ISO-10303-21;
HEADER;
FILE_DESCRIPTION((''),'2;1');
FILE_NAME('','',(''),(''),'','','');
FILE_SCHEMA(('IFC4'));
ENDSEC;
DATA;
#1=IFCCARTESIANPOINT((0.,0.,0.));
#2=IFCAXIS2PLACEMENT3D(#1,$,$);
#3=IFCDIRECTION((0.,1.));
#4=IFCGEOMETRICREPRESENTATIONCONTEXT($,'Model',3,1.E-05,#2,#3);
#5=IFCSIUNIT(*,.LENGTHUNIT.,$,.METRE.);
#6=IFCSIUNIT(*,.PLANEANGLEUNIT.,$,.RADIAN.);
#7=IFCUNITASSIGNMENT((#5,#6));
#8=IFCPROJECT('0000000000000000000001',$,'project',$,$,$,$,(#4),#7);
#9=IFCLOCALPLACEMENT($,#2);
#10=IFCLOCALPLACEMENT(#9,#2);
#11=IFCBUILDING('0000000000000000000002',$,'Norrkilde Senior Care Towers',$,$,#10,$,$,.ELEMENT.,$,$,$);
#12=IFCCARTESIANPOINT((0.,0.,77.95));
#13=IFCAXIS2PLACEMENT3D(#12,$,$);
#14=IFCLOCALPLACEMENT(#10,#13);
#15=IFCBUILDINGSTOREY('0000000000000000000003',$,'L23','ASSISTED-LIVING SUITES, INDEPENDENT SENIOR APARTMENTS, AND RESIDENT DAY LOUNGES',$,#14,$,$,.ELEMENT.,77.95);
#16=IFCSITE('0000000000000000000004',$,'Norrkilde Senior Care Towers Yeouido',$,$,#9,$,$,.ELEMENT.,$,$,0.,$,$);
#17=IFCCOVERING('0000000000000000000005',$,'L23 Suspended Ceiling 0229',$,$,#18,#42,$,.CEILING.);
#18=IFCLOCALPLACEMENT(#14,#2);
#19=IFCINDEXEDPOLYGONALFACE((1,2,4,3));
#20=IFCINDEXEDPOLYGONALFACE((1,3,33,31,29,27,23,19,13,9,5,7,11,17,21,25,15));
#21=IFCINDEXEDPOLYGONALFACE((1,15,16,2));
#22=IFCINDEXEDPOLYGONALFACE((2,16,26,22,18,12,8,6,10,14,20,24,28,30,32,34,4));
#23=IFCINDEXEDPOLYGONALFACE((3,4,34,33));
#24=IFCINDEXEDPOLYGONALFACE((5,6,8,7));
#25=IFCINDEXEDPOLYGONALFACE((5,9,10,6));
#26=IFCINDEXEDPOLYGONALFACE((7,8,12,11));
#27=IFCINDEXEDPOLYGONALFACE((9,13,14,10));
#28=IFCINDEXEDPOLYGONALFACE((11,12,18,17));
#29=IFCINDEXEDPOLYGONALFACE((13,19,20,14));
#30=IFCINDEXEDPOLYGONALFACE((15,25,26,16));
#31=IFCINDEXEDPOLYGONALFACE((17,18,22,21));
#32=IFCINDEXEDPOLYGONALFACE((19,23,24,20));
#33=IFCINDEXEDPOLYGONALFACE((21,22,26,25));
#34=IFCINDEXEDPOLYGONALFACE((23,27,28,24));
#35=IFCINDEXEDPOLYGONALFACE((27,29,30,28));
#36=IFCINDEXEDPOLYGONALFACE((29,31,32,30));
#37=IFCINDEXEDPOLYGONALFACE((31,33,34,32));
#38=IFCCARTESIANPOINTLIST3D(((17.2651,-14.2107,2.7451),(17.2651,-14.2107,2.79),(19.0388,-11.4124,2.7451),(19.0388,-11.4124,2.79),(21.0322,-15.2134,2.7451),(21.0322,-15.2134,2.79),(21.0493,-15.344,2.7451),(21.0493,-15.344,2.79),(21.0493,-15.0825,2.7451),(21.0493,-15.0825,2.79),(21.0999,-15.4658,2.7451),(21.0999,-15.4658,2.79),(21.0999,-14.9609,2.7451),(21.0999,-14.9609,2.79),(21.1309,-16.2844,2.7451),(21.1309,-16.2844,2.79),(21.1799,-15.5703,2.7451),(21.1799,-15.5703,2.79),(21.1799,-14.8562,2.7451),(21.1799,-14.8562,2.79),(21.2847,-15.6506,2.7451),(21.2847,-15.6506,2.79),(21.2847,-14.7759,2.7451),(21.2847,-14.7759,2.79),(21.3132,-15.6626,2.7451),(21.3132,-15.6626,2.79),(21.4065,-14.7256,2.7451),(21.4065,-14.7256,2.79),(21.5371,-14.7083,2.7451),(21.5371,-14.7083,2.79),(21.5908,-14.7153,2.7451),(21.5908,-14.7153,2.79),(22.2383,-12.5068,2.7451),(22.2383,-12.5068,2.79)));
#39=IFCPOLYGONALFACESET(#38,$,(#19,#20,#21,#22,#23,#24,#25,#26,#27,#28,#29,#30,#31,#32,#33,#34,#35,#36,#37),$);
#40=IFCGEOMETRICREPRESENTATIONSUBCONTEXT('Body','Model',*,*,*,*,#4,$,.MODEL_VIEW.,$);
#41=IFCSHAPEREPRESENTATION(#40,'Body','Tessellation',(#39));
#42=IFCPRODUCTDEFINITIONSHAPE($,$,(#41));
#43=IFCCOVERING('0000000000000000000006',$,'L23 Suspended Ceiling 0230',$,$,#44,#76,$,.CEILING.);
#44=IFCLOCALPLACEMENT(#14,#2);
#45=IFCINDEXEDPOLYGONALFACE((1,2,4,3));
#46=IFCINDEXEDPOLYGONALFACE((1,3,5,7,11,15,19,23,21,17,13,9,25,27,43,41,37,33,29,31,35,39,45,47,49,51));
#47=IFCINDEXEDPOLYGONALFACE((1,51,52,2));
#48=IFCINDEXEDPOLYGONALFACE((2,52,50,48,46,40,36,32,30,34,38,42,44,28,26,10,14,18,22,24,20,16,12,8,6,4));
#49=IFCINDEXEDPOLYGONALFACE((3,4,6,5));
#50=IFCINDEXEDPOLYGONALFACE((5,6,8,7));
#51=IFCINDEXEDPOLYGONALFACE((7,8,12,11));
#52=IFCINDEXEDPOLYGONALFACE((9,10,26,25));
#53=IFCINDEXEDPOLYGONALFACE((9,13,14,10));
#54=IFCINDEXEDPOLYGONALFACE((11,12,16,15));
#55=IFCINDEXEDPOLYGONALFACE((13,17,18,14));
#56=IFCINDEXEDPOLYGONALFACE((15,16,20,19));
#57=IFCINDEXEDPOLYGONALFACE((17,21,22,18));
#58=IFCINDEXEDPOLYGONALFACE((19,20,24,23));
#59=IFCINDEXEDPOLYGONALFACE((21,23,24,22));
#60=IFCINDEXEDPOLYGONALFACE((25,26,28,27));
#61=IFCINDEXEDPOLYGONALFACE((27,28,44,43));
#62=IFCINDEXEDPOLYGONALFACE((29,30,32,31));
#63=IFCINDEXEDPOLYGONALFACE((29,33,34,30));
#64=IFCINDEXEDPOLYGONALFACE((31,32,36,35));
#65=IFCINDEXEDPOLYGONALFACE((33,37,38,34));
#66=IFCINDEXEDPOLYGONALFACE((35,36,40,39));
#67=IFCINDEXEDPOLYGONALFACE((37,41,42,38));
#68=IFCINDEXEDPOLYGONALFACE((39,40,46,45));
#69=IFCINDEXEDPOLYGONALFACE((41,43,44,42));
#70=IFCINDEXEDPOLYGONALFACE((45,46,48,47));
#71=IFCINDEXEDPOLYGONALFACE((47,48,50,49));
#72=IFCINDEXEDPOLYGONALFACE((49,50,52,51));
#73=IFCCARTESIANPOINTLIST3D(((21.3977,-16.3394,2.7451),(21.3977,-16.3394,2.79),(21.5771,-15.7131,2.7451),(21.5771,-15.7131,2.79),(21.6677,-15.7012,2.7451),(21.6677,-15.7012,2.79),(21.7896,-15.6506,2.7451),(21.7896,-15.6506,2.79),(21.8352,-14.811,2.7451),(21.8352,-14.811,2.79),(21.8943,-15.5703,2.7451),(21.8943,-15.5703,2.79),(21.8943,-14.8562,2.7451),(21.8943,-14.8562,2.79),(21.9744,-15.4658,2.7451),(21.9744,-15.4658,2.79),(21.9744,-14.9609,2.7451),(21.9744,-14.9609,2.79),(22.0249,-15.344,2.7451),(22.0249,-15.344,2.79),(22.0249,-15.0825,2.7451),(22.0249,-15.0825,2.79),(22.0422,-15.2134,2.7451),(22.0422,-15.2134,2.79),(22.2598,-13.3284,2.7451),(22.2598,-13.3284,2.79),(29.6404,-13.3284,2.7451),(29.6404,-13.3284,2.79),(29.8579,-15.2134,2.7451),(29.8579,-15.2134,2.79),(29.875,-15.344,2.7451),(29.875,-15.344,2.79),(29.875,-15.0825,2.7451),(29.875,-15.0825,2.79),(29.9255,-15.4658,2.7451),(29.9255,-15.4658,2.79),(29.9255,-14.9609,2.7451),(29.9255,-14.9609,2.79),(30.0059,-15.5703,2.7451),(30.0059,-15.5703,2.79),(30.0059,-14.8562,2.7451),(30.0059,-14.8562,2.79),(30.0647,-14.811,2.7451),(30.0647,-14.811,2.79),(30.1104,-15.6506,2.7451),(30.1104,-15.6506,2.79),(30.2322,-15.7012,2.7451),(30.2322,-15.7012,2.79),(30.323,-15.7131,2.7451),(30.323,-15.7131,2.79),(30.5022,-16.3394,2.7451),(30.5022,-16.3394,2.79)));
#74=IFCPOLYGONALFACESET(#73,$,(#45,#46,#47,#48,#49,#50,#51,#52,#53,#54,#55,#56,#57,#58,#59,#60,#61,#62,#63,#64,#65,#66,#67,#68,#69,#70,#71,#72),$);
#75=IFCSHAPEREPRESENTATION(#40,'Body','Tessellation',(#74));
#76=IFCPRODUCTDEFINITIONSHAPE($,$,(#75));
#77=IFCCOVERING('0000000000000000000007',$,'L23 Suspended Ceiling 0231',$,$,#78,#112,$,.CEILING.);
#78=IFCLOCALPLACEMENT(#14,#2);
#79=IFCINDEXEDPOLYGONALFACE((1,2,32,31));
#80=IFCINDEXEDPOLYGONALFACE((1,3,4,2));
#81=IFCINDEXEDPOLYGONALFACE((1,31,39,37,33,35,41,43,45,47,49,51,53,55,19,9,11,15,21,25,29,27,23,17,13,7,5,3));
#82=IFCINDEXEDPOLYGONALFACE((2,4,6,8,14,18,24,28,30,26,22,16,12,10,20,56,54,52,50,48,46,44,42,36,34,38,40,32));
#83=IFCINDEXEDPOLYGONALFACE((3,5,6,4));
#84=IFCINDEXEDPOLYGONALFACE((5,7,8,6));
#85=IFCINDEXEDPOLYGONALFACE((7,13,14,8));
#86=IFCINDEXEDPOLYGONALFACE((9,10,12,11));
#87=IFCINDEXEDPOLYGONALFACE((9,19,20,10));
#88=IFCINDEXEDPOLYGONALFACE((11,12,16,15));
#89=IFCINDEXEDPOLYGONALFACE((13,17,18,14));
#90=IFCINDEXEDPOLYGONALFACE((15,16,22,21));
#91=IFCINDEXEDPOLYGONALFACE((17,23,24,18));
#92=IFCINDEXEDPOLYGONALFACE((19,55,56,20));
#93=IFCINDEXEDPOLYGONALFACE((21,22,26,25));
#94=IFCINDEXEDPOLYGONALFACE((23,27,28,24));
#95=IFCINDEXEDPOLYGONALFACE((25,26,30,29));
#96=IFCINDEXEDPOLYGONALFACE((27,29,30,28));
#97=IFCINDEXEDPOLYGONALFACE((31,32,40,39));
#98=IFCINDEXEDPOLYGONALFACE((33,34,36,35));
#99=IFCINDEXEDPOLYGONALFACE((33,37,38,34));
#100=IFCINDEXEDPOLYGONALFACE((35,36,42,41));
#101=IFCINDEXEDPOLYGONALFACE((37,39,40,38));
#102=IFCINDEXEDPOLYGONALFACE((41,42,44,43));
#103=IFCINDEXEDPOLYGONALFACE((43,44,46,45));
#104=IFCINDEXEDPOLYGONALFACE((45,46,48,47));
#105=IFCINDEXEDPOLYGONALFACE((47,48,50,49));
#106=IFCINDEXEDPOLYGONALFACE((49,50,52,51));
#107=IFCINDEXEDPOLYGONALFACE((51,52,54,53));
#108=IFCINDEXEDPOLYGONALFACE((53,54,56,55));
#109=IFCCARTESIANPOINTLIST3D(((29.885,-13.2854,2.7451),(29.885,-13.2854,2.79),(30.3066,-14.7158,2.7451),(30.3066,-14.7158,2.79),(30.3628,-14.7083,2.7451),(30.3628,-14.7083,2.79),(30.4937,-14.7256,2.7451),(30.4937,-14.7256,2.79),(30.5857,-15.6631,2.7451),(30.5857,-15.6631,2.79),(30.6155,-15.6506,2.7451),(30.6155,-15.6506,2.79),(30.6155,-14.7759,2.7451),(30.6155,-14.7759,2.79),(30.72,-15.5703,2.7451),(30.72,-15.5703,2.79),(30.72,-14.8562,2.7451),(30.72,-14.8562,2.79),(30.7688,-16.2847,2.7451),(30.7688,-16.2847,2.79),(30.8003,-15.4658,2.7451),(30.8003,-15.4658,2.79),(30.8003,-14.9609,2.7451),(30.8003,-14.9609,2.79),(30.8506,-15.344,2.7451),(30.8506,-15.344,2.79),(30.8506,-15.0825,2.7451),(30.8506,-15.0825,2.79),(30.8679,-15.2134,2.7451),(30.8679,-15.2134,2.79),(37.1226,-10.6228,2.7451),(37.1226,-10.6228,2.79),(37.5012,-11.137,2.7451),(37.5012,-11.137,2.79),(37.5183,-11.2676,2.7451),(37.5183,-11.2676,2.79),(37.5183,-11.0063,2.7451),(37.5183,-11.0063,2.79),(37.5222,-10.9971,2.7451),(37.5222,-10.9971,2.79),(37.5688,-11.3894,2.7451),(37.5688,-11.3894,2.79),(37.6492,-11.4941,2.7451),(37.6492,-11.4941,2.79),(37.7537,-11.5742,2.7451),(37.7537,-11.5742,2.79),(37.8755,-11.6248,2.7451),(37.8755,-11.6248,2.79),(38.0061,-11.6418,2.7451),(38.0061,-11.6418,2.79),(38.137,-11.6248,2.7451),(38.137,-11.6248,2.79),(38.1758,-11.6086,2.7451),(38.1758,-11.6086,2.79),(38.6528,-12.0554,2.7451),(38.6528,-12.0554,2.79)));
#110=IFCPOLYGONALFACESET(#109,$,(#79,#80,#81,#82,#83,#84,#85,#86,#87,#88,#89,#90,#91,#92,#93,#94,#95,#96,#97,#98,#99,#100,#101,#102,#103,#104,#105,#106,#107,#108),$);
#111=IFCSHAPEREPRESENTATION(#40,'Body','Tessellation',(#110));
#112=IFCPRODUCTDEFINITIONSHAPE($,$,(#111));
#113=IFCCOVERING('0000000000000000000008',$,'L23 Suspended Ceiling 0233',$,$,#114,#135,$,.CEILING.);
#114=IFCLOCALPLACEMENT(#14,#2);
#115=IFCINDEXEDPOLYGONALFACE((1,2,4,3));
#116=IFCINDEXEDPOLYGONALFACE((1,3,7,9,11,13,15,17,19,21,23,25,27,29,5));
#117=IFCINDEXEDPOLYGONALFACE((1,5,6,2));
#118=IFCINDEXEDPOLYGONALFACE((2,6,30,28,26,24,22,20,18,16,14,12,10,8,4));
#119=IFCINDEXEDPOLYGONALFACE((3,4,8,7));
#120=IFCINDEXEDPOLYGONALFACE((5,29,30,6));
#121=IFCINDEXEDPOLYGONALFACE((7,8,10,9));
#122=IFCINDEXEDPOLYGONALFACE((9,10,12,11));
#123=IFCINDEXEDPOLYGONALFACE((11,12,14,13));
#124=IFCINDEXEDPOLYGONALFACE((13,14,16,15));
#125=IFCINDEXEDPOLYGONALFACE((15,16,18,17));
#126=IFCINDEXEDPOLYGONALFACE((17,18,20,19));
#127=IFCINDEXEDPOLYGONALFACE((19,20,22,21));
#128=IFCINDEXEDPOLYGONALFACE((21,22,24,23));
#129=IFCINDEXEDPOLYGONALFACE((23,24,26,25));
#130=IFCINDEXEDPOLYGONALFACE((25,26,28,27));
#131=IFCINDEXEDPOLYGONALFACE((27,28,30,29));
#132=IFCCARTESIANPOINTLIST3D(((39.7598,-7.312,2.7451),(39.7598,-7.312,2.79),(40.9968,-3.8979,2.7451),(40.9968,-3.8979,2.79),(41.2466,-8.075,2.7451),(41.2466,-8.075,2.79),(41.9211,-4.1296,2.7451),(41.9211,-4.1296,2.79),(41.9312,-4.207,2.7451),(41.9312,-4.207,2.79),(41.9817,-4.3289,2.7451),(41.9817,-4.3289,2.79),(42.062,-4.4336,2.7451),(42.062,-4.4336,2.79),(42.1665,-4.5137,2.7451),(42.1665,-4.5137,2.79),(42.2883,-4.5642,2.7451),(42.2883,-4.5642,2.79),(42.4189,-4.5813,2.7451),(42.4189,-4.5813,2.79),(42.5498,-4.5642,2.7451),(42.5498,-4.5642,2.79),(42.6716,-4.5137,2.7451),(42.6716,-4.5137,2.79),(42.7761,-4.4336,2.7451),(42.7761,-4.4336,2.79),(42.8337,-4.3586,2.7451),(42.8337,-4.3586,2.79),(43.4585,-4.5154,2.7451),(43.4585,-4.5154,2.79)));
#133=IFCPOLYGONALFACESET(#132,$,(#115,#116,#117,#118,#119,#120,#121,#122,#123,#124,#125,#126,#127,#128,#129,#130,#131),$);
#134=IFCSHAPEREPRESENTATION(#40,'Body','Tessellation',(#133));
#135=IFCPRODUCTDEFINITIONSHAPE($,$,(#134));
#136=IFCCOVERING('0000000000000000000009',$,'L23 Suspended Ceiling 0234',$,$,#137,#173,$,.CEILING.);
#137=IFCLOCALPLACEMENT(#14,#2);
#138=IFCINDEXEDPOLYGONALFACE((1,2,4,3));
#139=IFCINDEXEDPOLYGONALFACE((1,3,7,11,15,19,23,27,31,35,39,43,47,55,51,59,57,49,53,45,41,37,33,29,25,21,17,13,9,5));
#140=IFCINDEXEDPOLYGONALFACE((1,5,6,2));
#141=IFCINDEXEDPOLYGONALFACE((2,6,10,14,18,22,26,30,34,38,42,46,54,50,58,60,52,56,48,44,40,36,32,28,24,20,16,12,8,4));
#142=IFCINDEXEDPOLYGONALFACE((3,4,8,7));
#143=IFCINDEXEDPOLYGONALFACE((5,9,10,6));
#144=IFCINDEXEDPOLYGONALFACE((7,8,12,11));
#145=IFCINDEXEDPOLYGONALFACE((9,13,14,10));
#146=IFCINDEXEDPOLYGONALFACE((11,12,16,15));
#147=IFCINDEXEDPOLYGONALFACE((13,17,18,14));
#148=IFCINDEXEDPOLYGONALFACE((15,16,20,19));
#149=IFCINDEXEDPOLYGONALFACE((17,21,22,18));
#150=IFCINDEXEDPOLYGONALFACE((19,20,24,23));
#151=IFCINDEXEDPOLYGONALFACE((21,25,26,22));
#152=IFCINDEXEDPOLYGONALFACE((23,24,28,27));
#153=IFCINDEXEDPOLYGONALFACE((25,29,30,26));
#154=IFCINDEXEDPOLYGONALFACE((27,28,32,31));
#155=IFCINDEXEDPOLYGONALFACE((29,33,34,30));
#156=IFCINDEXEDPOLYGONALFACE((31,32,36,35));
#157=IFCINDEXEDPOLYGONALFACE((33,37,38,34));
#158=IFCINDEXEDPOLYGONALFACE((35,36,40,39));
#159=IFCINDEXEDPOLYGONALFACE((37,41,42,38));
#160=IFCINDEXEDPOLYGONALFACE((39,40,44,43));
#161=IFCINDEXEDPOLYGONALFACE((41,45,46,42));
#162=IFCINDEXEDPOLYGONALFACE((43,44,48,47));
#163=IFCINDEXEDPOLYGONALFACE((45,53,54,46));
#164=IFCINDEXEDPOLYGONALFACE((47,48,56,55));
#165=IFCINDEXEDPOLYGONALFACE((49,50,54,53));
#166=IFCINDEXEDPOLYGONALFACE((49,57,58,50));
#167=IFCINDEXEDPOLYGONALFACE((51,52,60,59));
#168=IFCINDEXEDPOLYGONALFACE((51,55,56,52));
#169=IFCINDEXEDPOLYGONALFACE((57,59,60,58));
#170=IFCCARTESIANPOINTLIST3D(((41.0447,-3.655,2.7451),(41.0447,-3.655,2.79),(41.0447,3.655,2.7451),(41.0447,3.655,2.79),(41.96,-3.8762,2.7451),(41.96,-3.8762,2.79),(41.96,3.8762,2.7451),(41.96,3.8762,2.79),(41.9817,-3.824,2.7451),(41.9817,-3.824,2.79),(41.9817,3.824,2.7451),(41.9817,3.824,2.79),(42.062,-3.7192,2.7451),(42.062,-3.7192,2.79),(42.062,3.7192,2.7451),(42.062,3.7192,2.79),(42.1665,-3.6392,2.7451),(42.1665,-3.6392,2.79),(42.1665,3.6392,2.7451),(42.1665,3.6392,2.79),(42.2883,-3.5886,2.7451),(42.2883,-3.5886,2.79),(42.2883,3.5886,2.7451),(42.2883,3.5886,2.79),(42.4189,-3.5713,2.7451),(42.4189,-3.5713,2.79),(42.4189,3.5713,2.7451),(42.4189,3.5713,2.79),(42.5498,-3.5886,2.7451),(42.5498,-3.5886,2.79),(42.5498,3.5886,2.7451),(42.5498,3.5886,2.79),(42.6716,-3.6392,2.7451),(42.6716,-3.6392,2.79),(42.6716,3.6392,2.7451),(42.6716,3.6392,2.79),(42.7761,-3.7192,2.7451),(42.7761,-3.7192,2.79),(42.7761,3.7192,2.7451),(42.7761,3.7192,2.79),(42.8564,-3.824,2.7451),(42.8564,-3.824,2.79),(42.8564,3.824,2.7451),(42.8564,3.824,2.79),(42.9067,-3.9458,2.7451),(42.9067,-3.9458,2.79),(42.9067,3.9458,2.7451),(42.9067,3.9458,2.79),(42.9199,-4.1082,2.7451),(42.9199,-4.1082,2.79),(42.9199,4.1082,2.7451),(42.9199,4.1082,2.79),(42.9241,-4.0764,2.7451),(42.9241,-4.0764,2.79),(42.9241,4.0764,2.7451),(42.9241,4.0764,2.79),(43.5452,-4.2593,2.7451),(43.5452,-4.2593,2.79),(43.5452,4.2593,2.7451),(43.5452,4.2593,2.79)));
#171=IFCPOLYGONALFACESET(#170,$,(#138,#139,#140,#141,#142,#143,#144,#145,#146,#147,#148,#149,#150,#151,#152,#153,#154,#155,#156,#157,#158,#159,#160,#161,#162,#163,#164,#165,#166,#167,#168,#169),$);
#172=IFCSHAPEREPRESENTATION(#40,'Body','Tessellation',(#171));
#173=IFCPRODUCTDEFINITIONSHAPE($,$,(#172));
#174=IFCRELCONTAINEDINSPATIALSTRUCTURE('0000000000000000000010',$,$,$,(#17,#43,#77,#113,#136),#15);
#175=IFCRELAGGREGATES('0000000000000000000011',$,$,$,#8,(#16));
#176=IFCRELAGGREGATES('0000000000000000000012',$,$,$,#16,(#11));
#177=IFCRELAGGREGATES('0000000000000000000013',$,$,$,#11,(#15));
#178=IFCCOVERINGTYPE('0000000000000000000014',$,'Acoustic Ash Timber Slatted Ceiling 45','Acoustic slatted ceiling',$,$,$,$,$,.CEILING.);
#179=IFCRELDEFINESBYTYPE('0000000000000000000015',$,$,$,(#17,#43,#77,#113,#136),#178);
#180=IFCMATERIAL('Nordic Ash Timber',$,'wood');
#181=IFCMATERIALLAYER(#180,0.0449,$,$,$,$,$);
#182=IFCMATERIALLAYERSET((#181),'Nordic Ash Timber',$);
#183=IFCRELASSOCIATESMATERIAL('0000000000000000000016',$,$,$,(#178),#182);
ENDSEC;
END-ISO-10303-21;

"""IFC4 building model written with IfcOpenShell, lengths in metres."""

from ifc_helpers import new_model, si_unit, direction, frame, origin, place, context, subcontext, project, spatial, polyline, outline, extrude, material, layer, layer_set, type_object, element, save


model = new_model("IFC4")

# Units and contexts
model_context = context("Model", 3, precision=1e-05, world=origin(), true_north=direction((0.0, 1.0)))
body_context = subcontext(model_context, "Body", "Model", "MODEL_VIEW")
ifc_project = project(units=[si_unit("LENGTHUNIT", "METRE"), si_unit("PLANEANGLEUNIT", "RADIAN")], contexts=[model_context])

# Site, building, storey
site_placement = place(None, origin())
site = spatial("IfcSite", under=ifc_project, at=site_placement, Name="Norrkilde Senior Care Towers Yeouido", CompositionType="ELEMENT", RefElevation=0.0)
building_placement = place(site_placement, origin())
building = spatial("IfcBuilding", under=site, at=building_placement, Name="Norrkilde Senior Care Towers", CompositionType="ELEMENT")
storey_placement = place(building_placement, frame((0.0, 0.0, 77.95)))
storey = spatial("IfcBuildingStorey", under=building, at=storey_placement, Name="L23", Description="ASSISTED-LIVING SUITES, INDEPENDENT SENIOR APARTMENTS, AND RESIDENT DAY LOUNGES", CompositionType="ELEMENT", Elevation=77.95)

# Coverings
ifc_material_1 = material(Name="Nordic Ash Timber", Category="wood")
ifc_layer_1 = layer(ifc_material_1, 0.0449)
ifc_layer_set_1 = layer_set([ifc_layer_1], Name="Nordic Ash Timber")
covering_type_1 = type_object("IfcCoveringType", Name="Acoustic Ash Timber Slatted Ceiling 45", Description="Acoustic slatted ceiling", PredefinedType="CEILING", material=ifc_layer_set_1)
covering_1_placement = place(storey_placement, frame((0.0, 0.0, 2.7451)))
element("IfcCovering", 1, at=covering_1_placement, inside=storey, type_object=covering_type_1, Name="L23 Suspended Ceiling 0229", PredefinedType="CEILING", context=body_context, shape_type="SweptSolid", body=[
    extrude(outline(polyline([(21.5908, -14.7153), (21.5371, -14.7083), (21.4065, -14.7256), (21.2847, -14.7759), (21.1799, -14.8562), (21.0999, -14.9609), (21.0493, -15.0825), (21.0322, -15.2134), (21.0493, -15.344), (21.0999, -15.4658), (21.1799, -15.5703), (21.2847, -15.6506), (21.3132, -15.6626), (21.1309, -16.2844), (17.2651, -14.2107), (19.0388, -11.4124), (22.2383, -12.5068), (21.5908, -14.7153)])), origin(), (0.0, 0.0, 1.0), 0.0449),
])
covering_2_placement = place(storey_placement, frame((0.0, 0.0, 2.7451)))
element("IfcCovering", 2, at=covering_2_placement, inside=storey, type_object=covering_type_1, Name="L23 Suspended Ceiling 0230", PredefinedType="CEILING", context=body_context, shape_type="SweptSolid", body=[
    extrude(outline(polyline([(21.5771, -15.7131), (21.6677, -15.7012), (21.7896, -15.6506), (21.8943, -15.5703), (21.9744, -15.4658), (22.0249, -15.344), (22.0422, -15.2134), (22.0249, -15.0825), (21.9744, -14.9609), (21.8943, -14.8562), (21.8352, -14.811), (22.2598, -13.3284), (29.6404, -13.3284), (30.0647, -14.811), (30.0059, -14.8562), (29.9255, -14.9609), (29.875, -15.0825), (29.8579, -15.2134), (29.875, -15.344), (29.9255, -15.4658), (30.0059, -15.5703), (30.1104, -15.6506), (30.2322, -15.7012), (30.323, -15.7131), (30.5022, -16.3394), (21.3977, -16.3394), (21.5771, -15.7131)])), origin(), (0.0, 0.0, 1.0), 0.0449),
])
covering_3_placement = place(storey_placement, frame((0.0, 0.0, 2.7451)))
element("IfcCovering", 3, at=covering_3_placement, inside=storey, type_object=covering_type_1, Name="L23 Suspended Ceiling 0231", PredefinedType="CEILING", context=body_context, shape_type="SweptSolid", body=[
    extrude(outline(polyline([(30.7688, -16.2847), (30.5857, -15.6631), (30.6155, -15.6506), (30.72, -15.5703), (30.8003, -15.4658), (30.8506, -15.344), (30.8679, -15.2134), (30.8506, -15.0825), (30.8003, -14.9609), (30.72, -14.8562), (30.6155, -14.7759), (30.4937, -14.7256), (30.3628, -14.7083), (30.3066, -14.7158), (29.885, -13.2854), (37.1226, -10.6228), (37.5222, -10.9971), (37.5183, -11.0063), (37.5012, -11.137), (37.5183, -11.2676), (37.5688, -11.3894), (37.6492, -11.4941), (37.7537, -11.5742), (37.8755, -11.6248), (38.0061, -11.6418), (38.137, -11.6248), (38.1758, -11.6086), (38.6528, -12.0554), (30.7688, -16.2847)])), origin(), (0.0, 0.0, 1.0), 0.0449),
])
covering_4_placement = place(storey_placement, frame((0.0, 0.0, 2.7451)))
element("IfcCovering", 4, at=covering_4_placement, inside=storey, type_object=covering_type_1, Name="L23 Suspended Ceiling 0233", PredefinedType="CEILING", context=body_context, shape_type="SweptSolid", body=[
    extrude(outline(polyline([(41.9211, -4.1296), (41.9312, -4.207), (41.9817, -4.3289), (42.062, -4.4336), (42.1665, -4.5137), (42.2883, -4.5642), (42.4189, -4.5813), (42.5498, -4.5642), (42.6716, -4.5137), (42.7761, -4.4336), (42.8337, -4.3586), (43.4585, -4.5154), (41.2466, -8.075), (39.7598, -7.312), (40.9968, -3.8979), (41.9211, -4.1296)])), origin(), (0.0, 0.0, 1.0), 0.0449),
])
covering_5_placement = place(storey_placement, frame((0.0, 0.0, 2.7451)))
element("IfcCovering", 5, at=covering_5_placement, inside=storey, type_object=covering_type_1, Name="L23 Suspended Ceiling 0234", PredefinedType="CEILING", context=body_context, shape_type="SweptSolid", body=[
    extrude(outline(polyline([(41.9817, 3.824), (42.062, 3.7192), (42.1665, 3.6392), (42.2883, 3.5886), (42.4189, 3.5713), (42.5498, 3.5886), (42.6716, 3.6392), (42.7761, 3.7192), (42.8564, 3.824), (42.9067, 3.9458), (42.9241, 4.0764), (42.9199, 4.1082), (43.5452, 4.2593), (43.5452, -4.2593), (42.9199, -4.1082), (42.9241, -4.0764), (42.9067, -3.9458), (42.8564, -3.824), (42.7761, -3.7192), (42.6716, -3.6392), (42.5498, -3.5886), (42.4189, -3.5713), (42.2883, -3.5886), (42.1665, -3.6392), (42.062, -3.7192), (41.9817, -3.824), (41.96, -3.8762), (41.0447, -3.655), (41.0447, 3.655), (41.96, 3.8762), (41.9817, 3.824)])), origin(), (0.0, 0.0, 1.0), 0.0449),
])

save(model, "model.ifc")
